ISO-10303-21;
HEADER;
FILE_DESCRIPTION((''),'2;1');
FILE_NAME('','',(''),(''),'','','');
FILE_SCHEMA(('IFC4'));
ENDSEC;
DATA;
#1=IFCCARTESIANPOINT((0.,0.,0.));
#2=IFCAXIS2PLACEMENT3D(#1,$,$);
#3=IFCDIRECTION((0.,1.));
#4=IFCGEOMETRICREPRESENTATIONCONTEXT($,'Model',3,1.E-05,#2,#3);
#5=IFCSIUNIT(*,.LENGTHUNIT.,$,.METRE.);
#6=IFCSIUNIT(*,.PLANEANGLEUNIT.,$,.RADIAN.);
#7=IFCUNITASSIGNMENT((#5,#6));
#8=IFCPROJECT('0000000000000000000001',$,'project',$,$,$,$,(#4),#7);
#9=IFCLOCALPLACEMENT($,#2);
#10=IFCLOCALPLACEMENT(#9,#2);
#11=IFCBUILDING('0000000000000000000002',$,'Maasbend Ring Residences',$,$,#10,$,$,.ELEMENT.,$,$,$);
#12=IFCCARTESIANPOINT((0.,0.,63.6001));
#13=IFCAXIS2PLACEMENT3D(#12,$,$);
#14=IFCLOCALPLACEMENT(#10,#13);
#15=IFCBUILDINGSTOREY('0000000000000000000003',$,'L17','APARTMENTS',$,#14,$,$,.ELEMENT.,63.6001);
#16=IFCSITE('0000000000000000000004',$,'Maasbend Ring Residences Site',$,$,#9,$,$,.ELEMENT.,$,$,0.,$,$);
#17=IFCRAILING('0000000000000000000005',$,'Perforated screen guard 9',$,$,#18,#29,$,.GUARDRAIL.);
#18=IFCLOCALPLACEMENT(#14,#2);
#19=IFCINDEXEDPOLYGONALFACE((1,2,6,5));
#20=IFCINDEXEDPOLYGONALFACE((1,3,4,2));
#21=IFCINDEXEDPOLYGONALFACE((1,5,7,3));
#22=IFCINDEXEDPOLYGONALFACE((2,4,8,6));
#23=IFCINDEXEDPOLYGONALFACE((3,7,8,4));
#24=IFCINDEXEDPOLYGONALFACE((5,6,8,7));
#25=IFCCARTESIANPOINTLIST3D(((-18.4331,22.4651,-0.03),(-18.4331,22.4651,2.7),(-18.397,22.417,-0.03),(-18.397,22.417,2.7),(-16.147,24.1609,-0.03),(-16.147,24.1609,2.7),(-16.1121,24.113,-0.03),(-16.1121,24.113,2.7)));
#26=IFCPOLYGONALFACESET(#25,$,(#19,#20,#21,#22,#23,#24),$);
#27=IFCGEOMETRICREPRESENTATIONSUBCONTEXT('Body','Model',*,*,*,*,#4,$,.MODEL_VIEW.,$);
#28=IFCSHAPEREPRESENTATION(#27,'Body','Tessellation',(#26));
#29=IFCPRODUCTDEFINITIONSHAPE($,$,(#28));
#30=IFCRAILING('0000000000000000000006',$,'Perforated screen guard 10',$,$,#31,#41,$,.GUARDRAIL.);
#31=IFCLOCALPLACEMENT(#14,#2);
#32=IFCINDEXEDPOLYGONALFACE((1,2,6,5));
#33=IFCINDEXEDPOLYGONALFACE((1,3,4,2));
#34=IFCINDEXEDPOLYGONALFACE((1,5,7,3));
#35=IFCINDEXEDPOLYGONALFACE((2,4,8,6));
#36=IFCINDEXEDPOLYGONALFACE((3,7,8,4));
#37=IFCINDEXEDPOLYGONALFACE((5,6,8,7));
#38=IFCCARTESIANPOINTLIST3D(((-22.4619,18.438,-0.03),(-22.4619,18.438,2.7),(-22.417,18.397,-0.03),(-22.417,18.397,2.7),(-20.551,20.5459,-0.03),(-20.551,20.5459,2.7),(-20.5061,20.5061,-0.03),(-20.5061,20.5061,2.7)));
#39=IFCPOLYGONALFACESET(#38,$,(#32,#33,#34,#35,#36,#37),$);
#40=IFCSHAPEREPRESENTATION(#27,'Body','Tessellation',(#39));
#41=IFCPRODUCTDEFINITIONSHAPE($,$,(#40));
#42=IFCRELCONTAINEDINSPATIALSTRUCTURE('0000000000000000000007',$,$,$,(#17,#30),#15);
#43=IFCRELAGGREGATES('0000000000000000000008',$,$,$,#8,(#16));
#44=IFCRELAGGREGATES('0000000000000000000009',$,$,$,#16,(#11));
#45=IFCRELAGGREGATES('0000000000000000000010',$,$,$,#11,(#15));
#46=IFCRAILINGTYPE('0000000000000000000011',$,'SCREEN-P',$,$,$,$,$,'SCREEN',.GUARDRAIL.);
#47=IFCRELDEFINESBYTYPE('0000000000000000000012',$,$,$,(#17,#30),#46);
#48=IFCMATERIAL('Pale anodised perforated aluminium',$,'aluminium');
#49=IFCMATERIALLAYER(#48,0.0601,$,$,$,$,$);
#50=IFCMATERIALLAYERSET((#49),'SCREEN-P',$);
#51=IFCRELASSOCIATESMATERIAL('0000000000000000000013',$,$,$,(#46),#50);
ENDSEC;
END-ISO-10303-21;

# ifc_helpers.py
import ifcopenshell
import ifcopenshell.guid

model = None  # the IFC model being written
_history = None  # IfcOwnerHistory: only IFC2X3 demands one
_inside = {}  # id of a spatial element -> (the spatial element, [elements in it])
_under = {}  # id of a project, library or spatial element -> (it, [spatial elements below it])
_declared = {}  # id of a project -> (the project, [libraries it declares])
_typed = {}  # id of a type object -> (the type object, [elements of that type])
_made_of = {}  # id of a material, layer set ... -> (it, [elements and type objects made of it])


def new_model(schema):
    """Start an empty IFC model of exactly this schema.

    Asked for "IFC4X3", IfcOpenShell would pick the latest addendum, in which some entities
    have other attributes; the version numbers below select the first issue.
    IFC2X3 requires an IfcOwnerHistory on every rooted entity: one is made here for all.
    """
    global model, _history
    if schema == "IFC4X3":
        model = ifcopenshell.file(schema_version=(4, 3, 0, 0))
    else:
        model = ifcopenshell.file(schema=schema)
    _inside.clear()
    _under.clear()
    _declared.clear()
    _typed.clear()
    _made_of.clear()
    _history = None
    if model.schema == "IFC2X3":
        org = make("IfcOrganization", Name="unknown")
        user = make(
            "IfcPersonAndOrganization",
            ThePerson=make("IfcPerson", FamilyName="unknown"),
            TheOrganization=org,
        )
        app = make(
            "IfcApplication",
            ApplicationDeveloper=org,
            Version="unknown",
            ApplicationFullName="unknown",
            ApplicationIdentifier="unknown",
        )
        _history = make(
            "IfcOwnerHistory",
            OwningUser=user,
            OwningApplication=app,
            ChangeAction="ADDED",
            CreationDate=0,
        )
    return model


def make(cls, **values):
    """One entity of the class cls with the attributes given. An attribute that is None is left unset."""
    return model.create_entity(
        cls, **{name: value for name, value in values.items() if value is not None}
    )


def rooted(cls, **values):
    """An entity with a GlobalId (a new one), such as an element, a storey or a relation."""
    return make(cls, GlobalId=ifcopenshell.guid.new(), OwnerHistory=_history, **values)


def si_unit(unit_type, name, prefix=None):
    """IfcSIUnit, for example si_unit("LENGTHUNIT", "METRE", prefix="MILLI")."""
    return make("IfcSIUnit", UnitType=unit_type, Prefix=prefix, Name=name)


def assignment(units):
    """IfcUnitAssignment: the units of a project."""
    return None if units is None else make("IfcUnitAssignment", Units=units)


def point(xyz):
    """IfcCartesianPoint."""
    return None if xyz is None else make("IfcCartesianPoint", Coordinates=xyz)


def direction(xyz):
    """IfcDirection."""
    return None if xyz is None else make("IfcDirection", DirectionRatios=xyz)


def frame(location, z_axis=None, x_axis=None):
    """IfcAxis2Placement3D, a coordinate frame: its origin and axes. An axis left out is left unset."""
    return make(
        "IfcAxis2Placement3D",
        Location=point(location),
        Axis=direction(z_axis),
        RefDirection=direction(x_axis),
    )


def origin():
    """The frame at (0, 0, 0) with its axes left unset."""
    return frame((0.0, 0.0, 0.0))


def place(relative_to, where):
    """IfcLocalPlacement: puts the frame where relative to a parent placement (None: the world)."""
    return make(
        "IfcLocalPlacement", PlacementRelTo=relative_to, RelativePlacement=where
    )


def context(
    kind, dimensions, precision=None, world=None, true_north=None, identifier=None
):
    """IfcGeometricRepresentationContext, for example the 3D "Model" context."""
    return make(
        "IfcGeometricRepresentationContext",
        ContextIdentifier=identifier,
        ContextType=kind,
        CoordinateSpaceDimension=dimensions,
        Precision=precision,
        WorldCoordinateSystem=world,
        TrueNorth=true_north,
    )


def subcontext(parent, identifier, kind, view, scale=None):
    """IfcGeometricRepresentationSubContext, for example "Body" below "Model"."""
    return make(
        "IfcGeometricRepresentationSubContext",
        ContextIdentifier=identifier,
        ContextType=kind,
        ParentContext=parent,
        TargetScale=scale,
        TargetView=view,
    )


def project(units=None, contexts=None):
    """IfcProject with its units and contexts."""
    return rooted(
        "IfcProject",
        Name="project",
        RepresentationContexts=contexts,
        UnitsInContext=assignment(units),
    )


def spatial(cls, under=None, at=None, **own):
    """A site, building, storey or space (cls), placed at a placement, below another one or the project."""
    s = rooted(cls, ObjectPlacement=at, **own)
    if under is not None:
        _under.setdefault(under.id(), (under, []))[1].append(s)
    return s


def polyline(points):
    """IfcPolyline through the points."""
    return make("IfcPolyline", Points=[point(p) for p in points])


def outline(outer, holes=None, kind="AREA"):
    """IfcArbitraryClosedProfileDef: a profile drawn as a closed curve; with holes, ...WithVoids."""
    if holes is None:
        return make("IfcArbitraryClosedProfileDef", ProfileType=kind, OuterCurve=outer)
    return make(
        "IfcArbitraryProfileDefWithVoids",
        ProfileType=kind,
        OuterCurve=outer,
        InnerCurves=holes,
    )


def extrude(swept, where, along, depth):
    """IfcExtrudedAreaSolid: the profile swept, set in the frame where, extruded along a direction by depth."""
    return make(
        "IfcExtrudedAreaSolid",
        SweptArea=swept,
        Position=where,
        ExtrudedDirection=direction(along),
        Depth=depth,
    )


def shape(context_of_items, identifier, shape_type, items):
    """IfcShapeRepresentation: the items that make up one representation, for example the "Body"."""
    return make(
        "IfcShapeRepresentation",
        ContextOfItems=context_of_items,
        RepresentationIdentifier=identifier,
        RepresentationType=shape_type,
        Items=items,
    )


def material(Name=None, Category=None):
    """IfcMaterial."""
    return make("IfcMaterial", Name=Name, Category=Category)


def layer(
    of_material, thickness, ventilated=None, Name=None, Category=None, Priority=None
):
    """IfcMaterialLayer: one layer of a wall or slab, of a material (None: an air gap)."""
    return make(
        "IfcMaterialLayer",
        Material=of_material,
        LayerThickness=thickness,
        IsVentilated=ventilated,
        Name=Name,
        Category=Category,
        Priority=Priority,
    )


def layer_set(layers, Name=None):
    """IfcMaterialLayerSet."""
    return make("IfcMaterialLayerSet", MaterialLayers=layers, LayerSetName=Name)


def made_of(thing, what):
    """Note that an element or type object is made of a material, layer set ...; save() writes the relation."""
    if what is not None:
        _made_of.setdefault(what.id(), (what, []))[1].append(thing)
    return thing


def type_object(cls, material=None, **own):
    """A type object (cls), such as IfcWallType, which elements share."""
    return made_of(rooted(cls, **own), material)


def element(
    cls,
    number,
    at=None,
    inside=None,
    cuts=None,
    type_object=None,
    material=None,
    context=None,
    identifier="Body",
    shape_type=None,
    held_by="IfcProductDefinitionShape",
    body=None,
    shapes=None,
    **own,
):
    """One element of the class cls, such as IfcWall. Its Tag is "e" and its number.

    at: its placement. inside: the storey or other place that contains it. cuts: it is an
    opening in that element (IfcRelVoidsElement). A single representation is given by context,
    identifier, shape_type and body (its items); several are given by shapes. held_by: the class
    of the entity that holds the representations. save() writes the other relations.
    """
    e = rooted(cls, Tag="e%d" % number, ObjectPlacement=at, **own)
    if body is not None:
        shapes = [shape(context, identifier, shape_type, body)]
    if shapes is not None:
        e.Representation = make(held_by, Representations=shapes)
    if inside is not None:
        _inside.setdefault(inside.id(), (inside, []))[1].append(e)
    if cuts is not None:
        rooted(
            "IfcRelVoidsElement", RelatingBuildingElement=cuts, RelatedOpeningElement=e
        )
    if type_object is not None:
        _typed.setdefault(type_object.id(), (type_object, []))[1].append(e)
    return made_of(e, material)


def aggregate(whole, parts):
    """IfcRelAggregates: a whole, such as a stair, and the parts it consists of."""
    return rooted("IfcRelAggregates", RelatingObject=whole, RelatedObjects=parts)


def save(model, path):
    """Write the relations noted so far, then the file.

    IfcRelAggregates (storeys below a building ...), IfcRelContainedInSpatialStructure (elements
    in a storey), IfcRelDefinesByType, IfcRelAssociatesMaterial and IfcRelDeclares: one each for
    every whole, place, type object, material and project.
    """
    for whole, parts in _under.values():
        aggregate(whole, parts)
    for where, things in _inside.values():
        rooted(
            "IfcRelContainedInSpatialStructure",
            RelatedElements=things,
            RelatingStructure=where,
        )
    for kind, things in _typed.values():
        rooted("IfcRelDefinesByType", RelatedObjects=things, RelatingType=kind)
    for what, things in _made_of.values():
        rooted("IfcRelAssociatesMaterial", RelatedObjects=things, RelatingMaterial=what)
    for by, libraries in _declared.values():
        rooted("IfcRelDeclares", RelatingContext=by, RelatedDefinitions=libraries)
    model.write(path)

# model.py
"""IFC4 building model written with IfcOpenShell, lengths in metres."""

from ifc_helpers import new_model, si_unit, direction, frame, origin, place, context, subcontext, project, spatial, polyline, outline, extrude, material, layer, layer_set, type_object, element, save


model = new_model("IFC4")

# Units and contexts
model_context = context("Model", 3, precision=1e-05, world=origin(), true_north=direction((0.0, 1.0)))
body_context = subcontext(model_context, "Body", "Model", "MODEL_VIEW")
ifc_project = project(units=[si_unit("LENGTHUNIT", "METRE"), si_unit("PLANEANGLEUNIT", "RADIAN")], contexts=[model_context])

# Site, building, storey
site_placement = place(None, origin())
site = spatial("IfcSite", under=ifc_project, at=site_placement, Name="Maasbend Ring Residences Site", CompositionType="ELEMENT", RefElevation=0.0)
building_placement = place(site_placement, origin())
building = spatial("IfcBuilding", under=site, at=building_placement, Name="Maasbend Ring Residences", CompositionType="ELEMENT")
storey_placement = place(building_placement, frame((0.0, 0.0, 63.6001)))
storey = spatial("IfcBuildingStorey", under=building, at=storey_placement, Name="L17", Description="APARTMENTS", CompositionType="ELEMENT", Elevation=63.6001)

# Railings
ifc_material_1 = material(Name="Pale anodised perforated aluminium", Category="aluminium")
ifc_layer_1 = layer(ifc_material_1, 0.0601)
ifc_layer_set_1 = layer_set([ifc_layer_1], Name="SCREEN-P")
railing_type = type_object("IfcRailingType", Name="SCREEN-P", ElementType="SCREEN", PredefinedType="GUARDRAIL", material=ifc_layer_set_1)
railing_1_placement = place(storey_placement, frame((0.0, 0.0, -0.03)))
element("IfcRailing", 1, at=railing_1_placement, inside=storey, type_object=railing_type, Name="Perforated screen guard 9", PredefinedType="GUARDRAIL", context=body_context, shape_type="SweptSolid", body=[
    extrude(outline(polyline([(-16.1121, 24.113), (-18.397, 22.417), (-18.4331, 22.4651), (-16.147, 24.1609), (-16.1121, 24.113)])), origin(), (0.0, 0.0, 1.0), 2.73),
])
railing_2_placement = place(storey_placement, frame((0.0, 0.0, -0.03)))
element("IfcRailing", 2, at=railing_2_placement, inside=storey, type_object=railing_type, Name="Perforated screen guard 10", PredefinedType="GUARDRAIL", context=body_context, shape_type="SweptSolid", body=[
    extrude(outline(polyline([(-20.5061, 20.5061), (-22.417, 18.397), (-22.4619, 18.438), (-20.551, 20.5459), (-20.5061, 20.5061)])), origin(), (0.0, 0.0, 1.0), 2.73),
])

save(model, "model.ifc")
